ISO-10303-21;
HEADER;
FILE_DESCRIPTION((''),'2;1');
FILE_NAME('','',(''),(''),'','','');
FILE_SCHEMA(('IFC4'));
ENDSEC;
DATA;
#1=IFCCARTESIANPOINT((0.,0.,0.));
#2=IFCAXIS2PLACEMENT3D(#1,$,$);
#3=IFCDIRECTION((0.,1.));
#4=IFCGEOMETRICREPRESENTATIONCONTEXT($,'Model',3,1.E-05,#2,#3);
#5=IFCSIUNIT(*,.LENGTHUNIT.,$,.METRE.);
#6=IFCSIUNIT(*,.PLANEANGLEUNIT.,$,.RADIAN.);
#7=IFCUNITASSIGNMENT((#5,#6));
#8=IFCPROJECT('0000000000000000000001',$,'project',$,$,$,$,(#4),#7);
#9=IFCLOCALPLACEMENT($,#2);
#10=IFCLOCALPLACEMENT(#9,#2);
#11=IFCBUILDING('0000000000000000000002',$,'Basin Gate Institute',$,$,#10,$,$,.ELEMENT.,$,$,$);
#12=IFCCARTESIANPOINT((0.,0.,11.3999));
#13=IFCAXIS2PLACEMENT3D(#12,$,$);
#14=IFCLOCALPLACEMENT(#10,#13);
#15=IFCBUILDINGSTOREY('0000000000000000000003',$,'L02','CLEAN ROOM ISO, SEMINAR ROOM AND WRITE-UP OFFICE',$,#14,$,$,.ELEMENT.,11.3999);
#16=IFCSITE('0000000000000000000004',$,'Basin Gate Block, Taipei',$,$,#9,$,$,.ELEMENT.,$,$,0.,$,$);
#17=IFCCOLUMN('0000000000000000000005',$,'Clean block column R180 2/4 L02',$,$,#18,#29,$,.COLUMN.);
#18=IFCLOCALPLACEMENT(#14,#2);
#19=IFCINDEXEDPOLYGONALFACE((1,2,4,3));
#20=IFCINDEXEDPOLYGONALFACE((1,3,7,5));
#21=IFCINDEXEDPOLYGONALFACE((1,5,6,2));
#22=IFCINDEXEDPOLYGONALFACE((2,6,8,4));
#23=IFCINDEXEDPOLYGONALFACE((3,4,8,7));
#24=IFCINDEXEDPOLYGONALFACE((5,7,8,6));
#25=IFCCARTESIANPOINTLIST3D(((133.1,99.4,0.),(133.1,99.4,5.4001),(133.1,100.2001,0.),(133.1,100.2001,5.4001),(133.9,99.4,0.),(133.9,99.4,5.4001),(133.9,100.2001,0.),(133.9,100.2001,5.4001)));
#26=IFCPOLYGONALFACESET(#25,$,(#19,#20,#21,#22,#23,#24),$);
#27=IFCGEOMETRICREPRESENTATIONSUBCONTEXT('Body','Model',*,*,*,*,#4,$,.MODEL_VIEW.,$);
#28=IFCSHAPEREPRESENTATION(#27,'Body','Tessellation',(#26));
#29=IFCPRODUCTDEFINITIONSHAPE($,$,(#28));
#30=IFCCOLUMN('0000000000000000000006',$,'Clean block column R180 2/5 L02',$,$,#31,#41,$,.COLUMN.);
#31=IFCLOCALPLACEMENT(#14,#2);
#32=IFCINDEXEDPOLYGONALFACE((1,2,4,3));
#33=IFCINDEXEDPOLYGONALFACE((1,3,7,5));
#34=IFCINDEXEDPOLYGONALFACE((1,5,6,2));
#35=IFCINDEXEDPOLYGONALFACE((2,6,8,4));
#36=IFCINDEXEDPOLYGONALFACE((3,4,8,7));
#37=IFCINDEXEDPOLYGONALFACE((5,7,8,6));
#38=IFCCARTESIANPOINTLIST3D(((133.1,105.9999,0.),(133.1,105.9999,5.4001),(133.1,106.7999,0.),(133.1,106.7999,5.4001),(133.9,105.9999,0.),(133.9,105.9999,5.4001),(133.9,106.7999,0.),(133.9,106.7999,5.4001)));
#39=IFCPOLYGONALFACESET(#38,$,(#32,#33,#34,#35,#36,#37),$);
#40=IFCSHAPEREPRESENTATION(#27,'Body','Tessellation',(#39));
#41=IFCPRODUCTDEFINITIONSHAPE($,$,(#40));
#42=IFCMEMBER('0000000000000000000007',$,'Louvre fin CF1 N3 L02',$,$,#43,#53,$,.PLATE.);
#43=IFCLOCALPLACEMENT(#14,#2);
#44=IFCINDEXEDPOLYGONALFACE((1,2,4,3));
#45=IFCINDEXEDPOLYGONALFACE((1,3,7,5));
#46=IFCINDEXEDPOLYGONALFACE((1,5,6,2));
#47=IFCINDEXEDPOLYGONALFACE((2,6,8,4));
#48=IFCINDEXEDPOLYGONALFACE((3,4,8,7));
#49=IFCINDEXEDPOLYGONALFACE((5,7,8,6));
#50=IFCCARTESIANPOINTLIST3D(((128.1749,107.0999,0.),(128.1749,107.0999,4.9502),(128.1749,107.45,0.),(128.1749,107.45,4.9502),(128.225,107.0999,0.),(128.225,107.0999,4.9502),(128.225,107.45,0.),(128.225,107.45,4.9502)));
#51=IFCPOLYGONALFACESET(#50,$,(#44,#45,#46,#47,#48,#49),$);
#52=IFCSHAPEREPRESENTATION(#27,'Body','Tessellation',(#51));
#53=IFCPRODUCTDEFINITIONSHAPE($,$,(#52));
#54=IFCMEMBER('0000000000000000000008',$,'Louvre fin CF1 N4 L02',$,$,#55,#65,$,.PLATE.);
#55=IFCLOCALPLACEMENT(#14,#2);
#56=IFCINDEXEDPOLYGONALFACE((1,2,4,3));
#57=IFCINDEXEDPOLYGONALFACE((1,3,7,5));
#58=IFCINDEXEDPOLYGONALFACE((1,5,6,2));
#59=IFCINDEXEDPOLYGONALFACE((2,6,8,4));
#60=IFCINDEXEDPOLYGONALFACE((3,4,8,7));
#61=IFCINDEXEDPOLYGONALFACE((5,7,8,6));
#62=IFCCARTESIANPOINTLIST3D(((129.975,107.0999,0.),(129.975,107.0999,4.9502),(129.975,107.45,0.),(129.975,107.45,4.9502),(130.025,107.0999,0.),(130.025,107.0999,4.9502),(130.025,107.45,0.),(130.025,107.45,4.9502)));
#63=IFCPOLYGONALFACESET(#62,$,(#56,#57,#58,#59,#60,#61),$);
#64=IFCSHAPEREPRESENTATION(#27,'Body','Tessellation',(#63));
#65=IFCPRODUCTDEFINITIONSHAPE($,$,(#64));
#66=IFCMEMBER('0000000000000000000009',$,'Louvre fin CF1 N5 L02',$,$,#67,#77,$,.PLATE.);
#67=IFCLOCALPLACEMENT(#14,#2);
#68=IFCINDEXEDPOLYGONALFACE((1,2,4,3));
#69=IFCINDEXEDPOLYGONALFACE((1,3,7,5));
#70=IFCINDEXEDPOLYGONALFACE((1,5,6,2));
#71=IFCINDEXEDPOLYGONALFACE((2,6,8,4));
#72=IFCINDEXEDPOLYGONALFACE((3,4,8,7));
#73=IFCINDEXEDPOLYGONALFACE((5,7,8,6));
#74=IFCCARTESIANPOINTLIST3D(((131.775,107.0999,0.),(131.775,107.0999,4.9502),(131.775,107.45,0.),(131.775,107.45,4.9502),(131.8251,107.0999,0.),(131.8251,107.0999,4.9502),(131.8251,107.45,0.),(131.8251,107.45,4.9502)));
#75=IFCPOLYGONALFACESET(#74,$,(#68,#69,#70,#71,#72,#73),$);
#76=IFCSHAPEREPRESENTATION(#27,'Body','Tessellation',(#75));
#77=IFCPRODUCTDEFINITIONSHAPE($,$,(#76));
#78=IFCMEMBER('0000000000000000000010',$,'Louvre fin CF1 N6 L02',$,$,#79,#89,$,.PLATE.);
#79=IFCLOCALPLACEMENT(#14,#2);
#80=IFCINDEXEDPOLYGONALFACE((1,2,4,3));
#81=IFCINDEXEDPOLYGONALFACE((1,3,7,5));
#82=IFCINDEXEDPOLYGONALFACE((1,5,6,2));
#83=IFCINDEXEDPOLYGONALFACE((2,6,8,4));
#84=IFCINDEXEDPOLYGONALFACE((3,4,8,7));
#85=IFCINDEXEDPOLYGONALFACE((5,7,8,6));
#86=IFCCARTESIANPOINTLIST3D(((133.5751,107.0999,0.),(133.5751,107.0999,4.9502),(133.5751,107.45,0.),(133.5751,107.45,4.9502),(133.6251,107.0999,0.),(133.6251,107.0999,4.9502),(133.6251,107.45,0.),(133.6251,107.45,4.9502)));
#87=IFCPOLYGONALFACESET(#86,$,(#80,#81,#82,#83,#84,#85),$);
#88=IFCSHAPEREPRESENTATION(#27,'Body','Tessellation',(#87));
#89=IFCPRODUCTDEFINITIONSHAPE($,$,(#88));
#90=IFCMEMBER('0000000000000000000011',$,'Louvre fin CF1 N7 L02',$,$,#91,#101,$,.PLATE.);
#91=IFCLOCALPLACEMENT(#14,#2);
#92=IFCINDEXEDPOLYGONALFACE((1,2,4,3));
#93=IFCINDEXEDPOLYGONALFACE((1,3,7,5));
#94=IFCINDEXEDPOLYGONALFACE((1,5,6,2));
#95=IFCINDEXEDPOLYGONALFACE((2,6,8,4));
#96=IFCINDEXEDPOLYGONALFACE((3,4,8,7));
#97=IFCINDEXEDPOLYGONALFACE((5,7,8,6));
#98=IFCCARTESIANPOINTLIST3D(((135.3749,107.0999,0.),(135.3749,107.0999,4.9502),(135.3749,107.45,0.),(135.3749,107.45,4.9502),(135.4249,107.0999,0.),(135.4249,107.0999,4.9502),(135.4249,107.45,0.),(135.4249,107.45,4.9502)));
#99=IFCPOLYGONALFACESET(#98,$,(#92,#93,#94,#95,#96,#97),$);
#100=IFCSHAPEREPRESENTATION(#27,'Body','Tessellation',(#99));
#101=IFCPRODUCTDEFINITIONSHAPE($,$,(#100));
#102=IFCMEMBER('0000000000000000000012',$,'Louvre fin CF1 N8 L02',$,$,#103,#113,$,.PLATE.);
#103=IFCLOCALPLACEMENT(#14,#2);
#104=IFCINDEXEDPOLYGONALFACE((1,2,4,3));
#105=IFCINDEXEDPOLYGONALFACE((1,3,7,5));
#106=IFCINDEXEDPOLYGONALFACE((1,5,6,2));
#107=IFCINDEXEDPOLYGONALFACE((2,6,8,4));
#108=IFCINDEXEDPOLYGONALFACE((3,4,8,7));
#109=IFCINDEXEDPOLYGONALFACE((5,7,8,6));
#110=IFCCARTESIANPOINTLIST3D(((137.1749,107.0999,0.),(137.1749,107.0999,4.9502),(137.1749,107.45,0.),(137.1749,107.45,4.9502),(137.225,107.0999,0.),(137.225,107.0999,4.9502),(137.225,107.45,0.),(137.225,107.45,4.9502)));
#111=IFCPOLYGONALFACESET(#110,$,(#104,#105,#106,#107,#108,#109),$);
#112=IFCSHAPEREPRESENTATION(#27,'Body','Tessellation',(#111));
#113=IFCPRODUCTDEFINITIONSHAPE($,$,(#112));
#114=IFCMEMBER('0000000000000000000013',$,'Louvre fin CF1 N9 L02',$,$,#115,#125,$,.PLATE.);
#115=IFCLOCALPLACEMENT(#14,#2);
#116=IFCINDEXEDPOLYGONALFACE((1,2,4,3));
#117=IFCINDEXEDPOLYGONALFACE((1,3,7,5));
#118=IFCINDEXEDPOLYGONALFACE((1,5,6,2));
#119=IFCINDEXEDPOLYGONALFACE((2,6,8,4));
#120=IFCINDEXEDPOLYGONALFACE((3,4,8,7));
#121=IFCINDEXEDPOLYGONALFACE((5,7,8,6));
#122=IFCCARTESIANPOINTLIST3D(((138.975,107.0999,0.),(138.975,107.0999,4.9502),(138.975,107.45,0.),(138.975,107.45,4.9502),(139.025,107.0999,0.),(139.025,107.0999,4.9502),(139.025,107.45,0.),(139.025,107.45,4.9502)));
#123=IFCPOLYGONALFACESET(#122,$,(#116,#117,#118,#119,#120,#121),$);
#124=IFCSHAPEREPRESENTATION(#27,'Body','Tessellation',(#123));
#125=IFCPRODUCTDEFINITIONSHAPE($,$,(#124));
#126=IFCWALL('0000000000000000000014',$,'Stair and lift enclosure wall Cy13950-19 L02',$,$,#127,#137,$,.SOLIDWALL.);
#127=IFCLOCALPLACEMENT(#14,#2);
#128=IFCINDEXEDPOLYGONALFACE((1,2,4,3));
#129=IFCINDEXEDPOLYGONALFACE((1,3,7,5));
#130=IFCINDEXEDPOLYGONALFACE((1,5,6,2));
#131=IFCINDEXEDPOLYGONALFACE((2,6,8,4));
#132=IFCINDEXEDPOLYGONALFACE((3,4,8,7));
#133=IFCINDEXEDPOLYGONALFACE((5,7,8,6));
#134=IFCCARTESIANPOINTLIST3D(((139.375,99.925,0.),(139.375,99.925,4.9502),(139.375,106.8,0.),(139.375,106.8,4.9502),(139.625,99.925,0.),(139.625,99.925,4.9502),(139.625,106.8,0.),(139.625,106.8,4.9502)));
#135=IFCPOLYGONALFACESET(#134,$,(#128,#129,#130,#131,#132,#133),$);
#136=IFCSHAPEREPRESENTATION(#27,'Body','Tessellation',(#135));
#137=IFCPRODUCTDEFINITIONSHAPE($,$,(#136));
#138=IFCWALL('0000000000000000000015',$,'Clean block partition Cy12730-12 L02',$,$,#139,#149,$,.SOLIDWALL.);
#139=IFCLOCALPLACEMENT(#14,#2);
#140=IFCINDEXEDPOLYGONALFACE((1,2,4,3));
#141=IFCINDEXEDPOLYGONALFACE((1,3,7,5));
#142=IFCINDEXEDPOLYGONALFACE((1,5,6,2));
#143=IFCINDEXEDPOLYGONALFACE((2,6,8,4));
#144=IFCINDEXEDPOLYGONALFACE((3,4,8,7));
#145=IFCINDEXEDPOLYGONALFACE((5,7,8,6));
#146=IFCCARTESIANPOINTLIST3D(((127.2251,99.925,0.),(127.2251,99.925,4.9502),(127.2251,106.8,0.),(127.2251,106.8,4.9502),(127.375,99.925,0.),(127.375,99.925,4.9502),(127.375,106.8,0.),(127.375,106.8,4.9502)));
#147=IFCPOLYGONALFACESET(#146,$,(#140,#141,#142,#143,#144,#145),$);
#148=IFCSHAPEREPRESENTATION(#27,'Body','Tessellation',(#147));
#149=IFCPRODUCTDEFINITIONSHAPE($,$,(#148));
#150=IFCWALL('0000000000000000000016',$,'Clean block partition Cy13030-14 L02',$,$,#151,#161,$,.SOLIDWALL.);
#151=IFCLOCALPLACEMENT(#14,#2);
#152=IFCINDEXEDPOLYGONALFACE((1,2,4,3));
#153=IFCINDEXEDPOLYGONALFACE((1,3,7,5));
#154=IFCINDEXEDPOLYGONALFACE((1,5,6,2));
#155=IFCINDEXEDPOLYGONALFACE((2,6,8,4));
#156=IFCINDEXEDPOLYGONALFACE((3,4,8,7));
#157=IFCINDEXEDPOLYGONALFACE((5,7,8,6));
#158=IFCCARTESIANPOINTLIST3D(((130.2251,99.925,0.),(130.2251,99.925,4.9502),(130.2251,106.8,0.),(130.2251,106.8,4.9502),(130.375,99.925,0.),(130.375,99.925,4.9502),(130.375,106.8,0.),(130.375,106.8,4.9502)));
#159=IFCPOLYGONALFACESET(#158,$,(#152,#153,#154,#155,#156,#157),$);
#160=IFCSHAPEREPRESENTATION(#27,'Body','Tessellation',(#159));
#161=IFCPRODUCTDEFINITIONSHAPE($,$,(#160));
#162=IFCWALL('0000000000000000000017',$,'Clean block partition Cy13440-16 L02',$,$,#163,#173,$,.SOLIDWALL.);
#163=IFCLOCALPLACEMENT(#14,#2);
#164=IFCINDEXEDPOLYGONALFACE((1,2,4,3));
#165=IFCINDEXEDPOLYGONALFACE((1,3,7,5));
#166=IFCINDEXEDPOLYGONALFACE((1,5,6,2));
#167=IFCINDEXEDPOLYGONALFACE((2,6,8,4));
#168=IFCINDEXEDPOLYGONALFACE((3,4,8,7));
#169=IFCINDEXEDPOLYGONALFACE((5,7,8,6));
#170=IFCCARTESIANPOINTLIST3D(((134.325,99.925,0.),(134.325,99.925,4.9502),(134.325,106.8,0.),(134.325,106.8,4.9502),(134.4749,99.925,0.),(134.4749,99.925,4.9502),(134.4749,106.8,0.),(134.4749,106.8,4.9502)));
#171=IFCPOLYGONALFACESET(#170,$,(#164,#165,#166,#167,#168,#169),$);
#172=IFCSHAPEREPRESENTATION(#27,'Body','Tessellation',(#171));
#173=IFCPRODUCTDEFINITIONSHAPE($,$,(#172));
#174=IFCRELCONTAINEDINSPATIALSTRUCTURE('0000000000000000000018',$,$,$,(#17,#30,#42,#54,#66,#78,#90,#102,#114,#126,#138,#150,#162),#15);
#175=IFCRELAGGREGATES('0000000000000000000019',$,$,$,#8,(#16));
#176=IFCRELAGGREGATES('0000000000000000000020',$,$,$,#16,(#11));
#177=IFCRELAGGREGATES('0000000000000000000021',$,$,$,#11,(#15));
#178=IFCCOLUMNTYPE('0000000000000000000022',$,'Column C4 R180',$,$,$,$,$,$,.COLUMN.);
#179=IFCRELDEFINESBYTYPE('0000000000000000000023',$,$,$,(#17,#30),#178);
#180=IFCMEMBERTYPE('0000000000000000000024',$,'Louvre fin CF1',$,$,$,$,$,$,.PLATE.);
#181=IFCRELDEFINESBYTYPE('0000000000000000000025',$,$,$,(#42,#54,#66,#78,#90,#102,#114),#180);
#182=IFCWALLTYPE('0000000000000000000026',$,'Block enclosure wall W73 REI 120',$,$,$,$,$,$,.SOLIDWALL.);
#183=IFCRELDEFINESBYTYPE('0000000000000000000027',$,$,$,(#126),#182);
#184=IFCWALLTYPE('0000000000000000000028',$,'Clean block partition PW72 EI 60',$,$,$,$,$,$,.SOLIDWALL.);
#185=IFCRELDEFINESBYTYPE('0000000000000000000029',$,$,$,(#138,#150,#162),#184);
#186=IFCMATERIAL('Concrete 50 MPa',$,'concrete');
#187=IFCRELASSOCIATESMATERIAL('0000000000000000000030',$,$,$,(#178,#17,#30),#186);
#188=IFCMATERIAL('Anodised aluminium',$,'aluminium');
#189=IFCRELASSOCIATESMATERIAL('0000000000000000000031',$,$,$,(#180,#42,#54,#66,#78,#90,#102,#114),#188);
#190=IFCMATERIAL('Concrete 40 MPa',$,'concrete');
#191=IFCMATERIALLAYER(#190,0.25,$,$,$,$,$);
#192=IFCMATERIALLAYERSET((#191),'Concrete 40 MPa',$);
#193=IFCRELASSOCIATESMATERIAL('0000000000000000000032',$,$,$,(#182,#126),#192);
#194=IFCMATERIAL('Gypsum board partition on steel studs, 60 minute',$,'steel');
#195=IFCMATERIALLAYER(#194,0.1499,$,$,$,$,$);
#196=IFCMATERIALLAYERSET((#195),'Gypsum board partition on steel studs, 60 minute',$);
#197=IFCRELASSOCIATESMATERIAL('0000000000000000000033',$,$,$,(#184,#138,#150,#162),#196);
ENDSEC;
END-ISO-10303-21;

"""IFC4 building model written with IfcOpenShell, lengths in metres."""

from ifc_helpers import new_model, si_unit, direction, frame, frame_2d, origin, origin_2d, place, context, subcontext, project, spatial, rectangle, extrude, material, layer, layer_set, material_profile, profile_set, type_object, element, save


model = new_model("IFC4")

# Units and contexts
model_context = context("Model", 3, precision=1e-05, world=origin(), true_north=direction((0.0, 1.0)))
body_context = subcontext(model_context, "Body", "Model", "MODEL_VIEW")
ifc_project = project(units=[si_unit("LENGTHUNIT", "METRE"), si_unit("PLANEANGLEUNIT", "RADIAN")], contexts=[model_context])

# Site, building, storey
site_placement = place(None, origin())
site = spatial("IfcSite", under=ifc_project, at=site_placement, Name="Basin Gate Block, Taipei", CompositionType="ELEMENT", RefElevation=0.0)
building_placement = place(site_placement, origin())
building = spatial("IfcBuilding", under=site, at=building_placement, Name="Basin Gate Institute", CompositionType="ELEMENT")
storey_placement = place(building_placement, frame((0.0, 0.0, 11.3999)))
storey = spatial("IfcBuildingStorey", under=building, at=storey_placement, Name="L02", Description="CLEAN ROOM ISO, SEMINAR ROOM AND WRITE-UP OFFICE", CompositionType="ELEMENT", Elevation=11.3999)

# Columns
ifc_material_1 = material(Name="Concrete 50 MPa", Category="concrete")
ifc_material_profile_1 = material_profile(ifc_material_1, rectangle(XDim=0.8, YDim=0.8, at=origin_2d()), Name="Column C4 800 x 800")
ifc_profile_set_1 = profile_set([ifc_material_profile_1], Name="Concrete 50 MPa")
column_type = type_object("IfcColumnType", Name="Column C4 R180", PredefinedType="COLUMN", material=ifc_profile_set_1)
for number, where, z_axis, x_axis, name in (
    (1, (133.5, 99.8, 0.0), (0.0, 0.0, 1.0), (1.0, 0.0, 0.0), "Clean block column R180 2/4 L02"),
    (2, (133.5, 106.3999, 0.0), (0.0, 0.0, 1.0), (1.0, 0.0, 0.0), "Clean block column R180 2/5 L02"),
):
    element("IfcColumn", number, at=place(storey_placement, frame(where, z_axis=z_axis, x_axis=x_axis)), inside=storey, type_object=column_type, material=ifc_profile_set_1, Name=name, PredefinedType="COLUMN", context=body_context, shape_type="SweptSolid", body=[
        extrude(rectangle(XDim=0.8, YDim=0.8, at=origin_2d()), origin(), (0.0, 0.0, 1.0), 5.4001),
    ])

# Members
ifc_material_2 = material(Name="Anodised aluminium", Category="aluminium")
ifc_material_profile_2 = material_profile(ifc_material_2, rectangle(XDim=0.05, YDim=0.3501, at=origin_2d()), Name="Louvre fin CF1 50 x 350")
ifc_profile_set_2 = profile_set([ifc_material_profile_2], Name="Anodised aluminium")
member_type = type_object("IfcMemberType", Name="Louvre fin CF1", PredefinedType="PLATE", material=ifc_profile_set_2)
for number, where, z_axis, x_axis, name in (
    (3, (128.2, 107.2749, 0.0), (0.0, 0.0, 1.0), (1.0, 0.0, 0.0), "Louvre fin CF1 N3 L02"),
    (4, (130.0, 107.2749, 0.0), (0.0, 0.0, 1.0), (1.0, 0.0, 0.0), "Louvre fin CF1 N4 L02"),
    (5, (131.8, 107.2749, 0.0), (0.0, 0.0, 1.0), (1.0, 0.0, 0.0), "Louvre fin CF1 N5 L02"),
    (6, (133.6001, 107.2749, 0.0), (0.0, 0.0, 1.0), (1.0, 0.0, 0.0), "Louvre fin CF1 N6 L02"),
    (7, (135.3999, 107.2749, 0.0), (0.0, 0.0, 1.0), (1.0, 0.0, 0.0), "Louvre fin CF1 N7 L02"),
    (8, (137.2, 107.2749, 0.0), (0.0, 0.0, 1.0), (1.0, 0.0, 0.0), "Louvre fin CF1 N8 L02"),
    (9, (139.0, 107.2749, 0.0), (0.0, 0.0, 1.0), (1.0, 0.0, 0.0), "Louvre fin CF1 N9 L02"),
):
    element("IfcMember", number, at=place(storey_placement, frame(where, z_axis=z_axis, x_axis=x_axis)), inside=storey, type_object=member_type, material=ifc_profile_set_2, Name=name, PredefinedType="PLATE", context=body_context, shape_type="SweptSolid", body=[
        extrude(rectangle(XDim=0.05, YDim=0.3501, at=origin_2d()), origin(), (0.0, 0.0, 1.0), 4.9502),
    ])

# Walls
ifc_material_3 = material(Name="Concrete 40 MPa", Category="concrete")
ifc_layer_1 = layer(ifc_material_3, 0.25)
ifc_layer_set_1 = layer_set([ifc_layer_1], Name="Concrete 40 MPa")
wall_type_1 = type_object("IfcWallType", Name="Block enclosure wall W73 REI 120", PredefinedType="SOLIDWALL", material=ifc_layer_set_1)
wall_placement = place(storey_placement, frame((139.5, 99.925, 0.0), z_axis=(0.0, 0.0, 1.0), x_axis=(0.0, 1.0, 0.0)))
element("IfcWall", 10, at=wall_placement, inside=storey, type_object=wall_type_1, material=ifc_layer_set_1, Name="Stair and lift enclosure wall Cy13950-19 L02", PredefinedType="SOLIDWALL", context=body_context, shape_type="SweptSolid", body=[
    extrude(rectangle(XDim=6.875, YDim=0.25, at=frame_2d((3.4375, 0.0))), origin(), (0.0, 0.0, 1.0), 4.9502),
])
ifc_material_4 = material(Name="Gypsum board partition on steel studs, 60 minute", Category="steel")
ifc_layer_2 = layer(ifc_material_4, 0.1499)
ifc_layer_set_2 = layer_set([ifc_layer_2], Name="Gypsum board partition on steel studs, 60 minute")
wall_type_2 = type_object("IfcWallType", Name="Clean block partition PW72 EI 60", PredefinedType="SOLIDWALL", material=ifc_layer_set_2)
for number, where, z_axis, x_axis, name in (
    (11, (127.3, 99.925, 0.0), (0.0, 0.0, 1.0), (0.0, 1.0, 0.0), "Clean block partition Cy12730-12 L02"),
    (12, (130.3, 99.925, 0.0), (0.0, 0.0, 1.0), (0.0, 1.0, 0.0), "Clean block partition Cy13030-14 L02"),
    (13, (134.3999, 99.925, 0.0), (0.0, 0.0, 1.0), (0.0, 1.0, 0.0), "Clean block partition Cy13440-16 L02"),
):
    element("IfcWall", number, at=place(storey_placement, frame(where, z_axis=z_axis, x_axis=x_axis)), inside=storey, type_object=wall_type_2, material=ifc_layer_set_2, Name=name, PredefinedType="SOLIDWALL", context=body_context, shape_type="SweptSolid", body=[
        extrude(rectangle(XDim=6.875, YDim=0.1499, at=frame_2d((3.4375, 0.0))), origin(), (0.0, 0.0, 1.0), 4.9502),
    ])

save(model, "model.ifc")
